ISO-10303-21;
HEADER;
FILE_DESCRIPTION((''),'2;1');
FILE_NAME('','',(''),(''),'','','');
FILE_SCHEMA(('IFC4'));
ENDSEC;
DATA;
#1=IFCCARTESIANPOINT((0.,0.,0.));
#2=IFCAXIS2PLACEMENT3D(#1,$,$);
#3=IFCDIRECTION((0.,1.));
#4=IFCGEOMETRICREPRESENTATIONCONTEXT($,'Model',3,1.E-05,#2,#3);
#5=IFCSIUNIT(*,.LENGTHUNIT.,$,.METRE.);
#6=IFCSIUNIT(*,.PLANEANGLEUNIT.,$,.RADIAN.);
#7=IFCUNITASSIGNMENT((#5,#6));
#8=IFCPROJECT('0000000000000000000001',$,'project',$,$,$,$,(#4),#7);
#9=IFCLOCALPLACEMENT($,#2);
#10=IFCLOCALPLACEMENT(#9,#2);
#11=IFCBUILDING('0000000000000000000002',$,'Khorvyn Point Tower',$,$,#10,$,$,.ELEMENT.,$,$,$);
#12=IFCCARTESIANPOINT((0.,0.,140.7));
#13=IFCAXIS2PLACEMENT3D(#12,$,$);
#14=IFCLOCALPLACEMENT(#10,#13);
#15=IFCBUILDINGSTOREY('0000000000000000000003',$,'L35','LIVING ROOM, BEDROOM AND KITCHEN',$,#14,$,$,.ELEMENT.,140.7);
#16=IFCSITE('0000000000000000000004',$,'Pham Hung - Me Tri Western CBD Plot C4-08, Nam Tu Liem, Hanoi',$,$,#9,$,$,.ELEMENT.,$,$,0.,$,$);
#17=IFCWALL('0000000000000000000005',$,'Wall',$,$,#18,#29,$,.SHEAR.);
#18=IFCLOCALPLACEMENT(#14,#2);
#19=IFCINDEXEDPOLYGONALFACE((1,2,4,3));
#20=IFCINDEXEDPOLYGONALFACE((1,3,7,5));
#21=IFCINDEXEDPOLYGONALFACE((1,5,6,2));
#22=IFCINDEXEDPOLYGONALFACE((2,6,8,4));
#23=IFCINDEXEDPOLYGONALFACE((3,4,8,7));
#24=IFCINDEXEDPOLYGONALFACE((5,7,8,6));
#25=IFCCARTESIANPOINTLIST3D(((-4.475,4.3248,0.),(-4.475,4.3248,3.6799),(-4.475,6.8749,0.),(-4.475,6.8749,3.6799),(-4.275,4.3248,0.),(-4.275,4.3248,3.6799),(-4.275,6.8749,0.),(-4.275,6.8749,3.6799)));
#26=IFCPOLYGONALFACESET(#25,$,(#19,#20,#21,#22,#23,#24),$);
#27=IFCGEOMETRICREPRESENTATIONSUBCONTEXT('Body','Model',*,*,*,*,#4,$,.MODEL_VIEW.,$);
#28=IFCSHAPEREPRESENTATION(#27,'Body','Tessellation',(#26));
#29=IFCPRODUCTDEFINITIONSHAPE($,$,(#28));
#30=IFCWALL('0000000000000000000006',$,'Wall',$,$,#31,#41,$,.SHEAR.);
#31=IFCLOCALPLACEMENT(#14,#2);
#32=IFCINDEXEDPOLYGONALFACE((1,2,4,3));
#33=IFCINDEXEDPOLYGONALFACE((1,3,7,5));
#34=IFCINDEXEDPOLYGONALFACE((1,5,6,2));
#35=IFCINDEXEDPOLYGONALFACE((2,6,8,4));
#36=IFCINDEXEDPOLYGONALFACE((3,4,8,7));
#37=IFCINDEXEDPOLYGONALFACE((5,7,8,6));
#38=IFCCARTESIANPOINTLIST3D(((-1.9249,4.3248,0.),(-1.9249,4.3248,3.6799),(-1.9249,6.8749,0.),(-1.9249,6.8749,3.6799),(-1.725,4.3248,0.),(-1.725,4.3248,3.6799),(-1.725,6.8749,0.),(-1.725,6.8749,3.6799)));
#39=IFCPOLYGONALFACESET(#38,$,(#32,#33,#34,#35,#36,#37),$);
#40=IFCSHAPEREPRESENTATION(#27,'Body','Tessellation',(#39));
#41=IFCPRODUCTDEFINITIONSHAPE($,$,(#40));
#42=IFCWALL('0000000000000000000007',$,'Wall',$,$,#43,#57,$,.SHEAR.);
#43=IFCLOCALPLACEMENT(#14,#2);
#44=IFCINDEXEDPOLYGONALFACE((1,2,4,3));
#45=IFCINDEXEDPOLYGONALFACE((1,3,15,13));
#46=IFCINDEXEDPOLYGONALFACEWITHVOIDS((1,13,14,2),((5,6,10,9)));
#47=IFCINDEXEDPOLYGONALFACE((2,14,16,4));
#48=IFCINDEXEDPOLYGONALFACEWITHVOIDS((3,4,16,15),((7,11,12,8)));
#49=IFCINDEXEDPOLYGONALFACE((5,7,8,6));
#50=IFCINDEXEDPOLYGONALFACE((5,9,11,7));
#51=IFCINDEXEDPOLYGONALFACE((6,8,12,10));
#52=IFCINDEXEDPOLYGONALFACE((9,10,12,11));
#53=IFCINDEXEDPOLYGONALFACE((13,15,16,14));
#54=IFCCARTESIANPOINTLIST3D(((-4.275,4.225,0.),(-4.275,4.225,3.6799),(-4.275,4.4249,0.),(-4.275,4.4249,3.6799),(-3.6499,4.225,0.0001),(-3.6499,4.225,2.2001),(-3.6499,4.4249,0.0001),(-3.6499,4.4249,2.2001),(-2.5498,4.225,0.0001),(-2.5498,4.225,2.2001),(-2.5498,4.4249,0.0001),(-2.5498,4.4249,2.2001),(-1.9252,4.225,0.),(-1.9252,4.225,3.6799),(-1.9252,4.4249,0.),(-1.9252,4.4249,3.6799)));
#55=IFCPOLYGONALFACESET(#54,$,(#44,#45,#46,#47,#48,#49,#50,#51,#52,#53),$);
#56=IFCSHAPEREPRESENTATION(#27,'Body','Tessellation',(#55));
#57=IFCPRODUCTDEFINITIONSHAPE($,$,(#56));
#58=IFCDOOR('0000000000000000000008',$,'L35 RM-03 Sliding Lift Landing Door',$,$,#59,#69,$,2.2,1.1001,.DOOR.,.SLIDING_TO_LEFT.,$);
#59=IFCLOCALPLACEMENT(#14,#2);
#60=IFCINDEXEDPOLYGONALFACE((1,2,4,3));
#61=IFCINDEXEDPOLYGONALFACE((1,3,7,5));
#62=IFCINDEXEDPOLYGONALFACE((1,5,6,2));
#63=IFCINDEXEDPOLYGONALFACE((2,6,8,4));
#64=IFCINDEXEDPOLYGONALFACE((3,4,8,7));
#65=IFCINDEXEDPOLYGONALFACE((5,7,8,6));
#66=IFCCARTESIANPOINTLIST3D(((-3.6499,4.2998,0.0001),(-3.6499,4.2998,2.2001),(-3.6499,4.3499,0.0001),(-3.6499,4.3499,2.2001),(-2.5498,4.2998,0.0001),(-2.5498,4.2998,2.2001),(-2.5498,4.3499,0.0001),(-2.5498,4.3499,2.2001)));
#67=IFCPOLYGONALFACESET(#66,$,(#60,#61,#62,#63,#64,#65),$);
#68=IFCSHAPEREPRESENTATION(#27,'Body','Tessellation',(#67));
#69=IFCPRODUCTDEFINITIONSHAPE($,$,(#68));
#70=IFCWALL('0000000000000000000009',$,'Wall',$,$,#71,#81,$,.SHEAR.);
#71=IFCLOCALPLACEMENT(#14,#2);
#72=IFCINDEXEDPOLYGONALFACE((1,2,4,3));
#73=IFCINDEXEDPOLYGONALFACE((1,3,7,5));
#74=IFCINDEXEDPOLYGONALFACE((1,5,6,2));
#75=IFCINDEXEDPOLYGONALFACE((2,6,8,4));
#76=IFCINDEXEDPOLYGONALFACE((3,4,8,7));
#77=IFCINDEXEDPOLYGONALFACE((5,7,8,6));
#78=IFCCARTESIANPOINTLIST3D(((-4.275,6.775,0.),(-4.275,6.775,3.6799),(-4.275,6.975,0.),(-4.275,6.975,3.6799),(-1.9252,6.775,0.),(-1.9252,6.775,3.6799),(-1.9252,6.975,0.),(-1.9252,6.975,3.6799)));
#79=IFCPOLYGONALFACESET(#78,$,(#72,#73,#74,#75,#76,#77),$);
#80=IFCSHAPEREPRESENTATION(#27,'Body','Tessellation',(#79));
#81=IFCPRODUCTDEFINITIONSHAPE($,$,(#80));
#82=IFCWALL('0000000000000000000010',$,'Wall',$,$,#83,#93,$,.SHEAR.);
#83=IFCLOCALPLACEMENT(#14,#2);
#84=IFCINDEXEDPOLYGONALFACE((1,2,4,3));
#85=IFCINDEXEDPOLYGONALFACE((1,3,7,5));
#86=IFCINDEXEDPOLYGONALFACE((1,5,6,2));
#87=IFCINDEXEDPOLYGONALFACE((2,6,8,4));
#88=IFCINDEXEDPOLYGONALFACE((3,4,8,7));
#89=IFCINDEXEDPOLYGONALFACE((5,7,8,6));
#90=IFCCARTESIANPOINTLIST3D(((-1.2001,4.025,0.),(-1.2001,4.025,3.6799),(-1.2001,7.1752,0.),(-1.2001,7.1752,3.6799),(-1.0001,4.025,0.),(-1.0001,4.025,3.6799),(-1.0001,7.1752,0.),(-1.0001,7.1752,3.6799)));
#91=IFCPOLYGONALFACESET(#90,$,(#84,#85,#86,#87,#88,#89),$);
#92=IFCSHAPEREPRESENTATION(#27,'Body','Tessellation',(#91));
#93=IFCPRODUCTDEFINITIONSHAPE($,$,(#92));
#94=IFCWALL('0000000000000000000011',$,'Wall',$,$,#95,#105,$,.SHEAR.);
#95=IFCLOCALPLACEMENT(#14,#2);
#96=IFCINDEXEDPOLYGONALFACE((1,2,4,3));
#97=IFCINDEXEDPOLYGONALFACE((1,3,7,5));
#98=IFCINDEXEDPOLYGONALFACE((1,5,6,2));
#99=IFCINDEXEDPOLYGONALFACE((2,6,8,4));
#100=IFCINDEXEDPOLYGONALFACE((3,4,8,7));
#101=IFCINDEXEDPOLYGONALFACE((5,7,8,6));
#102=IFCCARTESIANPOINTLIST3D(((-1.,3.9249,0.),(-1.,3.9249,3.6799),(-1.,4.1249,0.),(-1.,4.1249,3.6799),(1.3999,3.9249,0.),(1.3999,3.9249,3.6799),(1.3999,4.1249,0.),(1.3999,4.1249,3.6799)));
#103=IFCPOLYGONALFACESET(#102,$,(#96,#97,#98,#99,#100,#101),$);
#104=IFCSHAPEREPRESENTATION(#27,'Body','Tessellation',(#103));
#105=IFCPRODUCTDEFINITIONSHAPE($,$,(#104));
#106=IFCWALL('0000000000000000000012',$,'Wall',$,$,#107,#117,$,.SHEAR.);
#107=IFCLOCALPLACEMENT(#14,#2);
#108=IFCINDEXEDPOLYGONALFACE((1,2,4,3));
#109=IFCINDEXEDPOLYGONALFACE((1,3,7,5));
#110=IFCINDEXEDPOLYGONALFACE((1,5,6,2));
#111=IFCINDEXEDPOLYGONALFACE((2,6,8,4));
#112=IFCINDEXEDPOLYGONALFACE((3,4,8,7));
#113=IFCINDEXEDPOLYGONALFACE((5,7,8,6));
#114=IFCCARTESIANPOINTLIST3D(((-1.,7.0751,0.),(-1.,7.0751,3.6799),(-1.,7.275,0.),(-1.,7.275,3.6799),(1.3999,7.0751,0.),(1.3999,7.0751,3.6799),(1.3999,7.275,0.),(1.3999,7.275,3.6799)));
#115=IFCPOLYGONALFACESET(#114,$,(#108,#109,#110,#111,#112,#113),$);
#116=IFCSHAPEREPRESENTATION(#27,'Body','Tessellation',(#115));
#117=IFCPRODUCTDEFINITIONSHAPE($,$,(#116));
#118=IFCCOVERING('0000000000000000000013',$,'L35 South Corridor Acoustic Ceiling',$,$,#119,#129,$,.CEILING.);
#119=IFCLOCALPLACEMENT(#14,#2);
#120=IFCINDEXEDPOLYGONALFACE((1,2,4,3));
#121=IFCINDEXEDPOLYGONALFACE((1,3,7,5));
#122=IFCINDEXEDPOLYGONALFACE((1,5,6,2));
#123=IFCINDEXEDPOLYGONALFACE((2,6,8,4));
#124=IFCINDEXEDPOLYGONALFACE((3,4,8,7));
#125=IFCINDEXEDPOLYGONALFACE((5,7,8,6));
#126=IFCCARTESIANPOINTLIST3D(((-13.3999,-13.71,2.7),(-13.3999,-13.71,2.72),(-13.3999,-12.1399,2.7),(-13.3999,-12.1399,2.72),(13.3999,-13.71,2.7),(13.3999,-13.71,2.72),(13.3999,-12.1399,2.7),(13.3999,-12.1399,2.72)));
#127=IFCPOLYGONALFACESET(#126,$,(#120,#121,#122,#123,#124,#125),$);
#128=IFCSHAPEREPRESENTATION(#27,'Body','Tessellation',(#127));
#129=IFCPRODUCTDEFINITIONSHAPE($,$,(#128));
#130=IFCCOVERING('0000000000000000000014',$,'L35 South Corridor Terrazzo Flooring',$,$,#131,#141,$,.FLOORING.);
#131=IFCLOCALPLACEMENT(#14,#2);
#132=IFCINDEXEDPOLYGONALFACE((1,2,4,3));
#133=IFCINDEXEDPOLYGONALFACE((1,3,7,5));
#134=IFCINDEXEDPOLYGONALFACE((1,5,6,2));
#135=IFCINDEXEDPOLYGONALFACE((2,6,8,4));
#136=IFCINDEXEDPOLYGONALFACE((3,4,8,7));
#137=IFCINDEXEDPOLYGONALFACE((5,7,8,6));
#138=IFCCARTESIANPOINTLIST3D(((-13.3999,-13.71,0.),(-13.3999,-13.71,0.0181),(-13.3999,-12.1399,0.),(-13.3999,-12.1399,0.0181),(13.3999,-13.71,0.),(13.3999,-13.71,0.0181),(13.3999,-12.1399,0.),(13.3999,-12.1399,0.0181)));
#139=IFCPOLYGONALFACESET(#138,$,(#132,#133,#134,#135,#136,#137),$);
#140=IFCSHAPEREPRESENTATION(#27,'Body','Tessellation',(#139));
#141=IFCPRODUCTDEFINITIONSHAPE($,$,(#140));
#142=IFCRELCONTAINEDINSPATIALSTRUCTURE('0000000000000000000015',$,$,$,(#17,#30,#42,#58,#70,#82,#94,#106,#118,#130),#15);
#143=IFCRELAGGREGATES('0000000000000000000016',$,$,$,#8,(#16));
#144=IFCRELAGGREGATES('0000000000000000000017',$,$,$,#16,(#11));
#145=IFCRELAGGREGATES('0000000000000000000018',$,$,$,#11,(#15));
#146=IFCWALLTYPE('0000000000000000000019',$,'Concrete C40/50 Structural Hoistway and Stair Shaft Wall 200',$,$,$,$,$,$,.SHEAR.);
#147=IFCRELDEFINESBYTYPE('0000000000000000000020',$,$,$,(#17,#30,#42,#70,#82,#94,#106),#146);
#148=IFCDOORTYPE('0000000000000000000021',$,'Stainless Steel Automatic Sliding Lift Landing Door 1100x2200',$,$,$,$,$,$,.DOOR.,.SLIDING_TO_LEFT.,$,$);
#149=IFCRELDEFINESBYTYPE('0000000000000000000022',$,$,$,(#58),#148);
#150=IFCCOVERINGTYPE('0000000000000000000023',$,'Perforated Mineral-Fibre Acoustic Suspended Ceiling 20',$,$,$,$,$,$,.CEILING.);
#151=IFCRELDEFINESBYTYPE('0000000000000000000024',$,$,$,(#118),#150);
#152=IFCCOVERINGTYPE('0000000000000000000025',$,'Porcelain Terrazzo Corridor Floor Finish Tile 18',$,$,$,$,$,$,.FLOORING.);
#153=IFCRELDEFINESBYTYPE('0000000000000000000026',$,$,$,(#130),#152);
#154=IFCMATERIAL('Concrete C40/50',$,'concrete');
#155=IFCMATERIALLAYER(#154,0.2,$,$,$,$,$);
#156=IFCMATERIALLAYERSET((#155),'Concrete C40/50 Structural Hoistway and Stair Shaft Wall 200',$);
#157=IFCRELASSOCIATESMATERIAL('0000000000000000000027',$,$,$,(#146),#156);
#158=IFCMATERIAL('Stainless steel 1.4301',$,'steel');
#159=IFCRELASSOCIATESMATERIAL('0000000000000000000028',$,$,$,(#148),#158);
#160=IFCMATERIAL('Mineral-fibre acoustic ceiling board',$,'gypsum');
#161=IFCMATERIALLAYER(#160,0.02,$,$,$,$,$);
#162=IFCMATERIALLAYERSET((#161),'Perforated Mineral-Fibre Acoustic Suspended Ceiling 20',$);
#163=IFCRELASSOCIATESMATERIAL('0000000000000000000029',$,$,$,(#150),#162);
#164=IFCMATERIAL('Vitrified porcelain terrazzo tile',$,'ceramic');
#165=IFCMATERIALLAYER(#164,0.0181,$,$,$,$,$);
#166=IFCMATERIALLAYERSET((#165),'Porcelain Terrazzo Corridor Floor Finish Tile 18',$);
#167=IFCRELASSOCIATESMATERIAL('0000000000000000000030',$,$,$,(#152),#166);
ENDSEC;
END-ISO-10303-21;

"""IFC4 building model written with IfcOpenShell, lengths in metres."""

from ifc_helpers import new_model, si_unit, direction, frame, frame_2d, origin, place, context, subcontext, project, spatial, polyline, rectangle, outline, extrude, material, layer, layer_set, type_object, element, fill, save


model = new_model("IFC4")

# Units and contexts
model_context = context("Model", 3, precision=1e-05, world=origin(), true_north=direction((0.0, 1.0)))
body_context = subcontext(model_context, "Body", "Model", "MODEL_VIEW")
ifc_project = project(units=[si_unit("LENGTHUNIT", "METRE"), si_unit("PLANEANGLEUNIT", "RADIAN")], contexts=[model_context])

# Site, building, storey
site_placement = place(None, origin())
site = spatial("IfcSite", under=ifc_project, at=site_placement, Name="Pham Hung - Me Tri Western CBD Plot C4-08, Nam Tu Liem, Hanoi", CompositionType="ELEMENT", RefElevation=0.0)
building_placement = place(site_placement, origin())
building = spatial("IfcBuilding", under=site, at=building_placement, Name="Khorvyn Point Tower", CompositionType="ELEMENT")
storey_placement = place(building_placement, frame((0.0, 0.0, 140.7)))
storey = spatial("IfcBuildingStorey", under=building, at=storey_placement, Name="L35", Description="LIVING ROOM, BEDROOM AND KITCHEN", CompositionType="ELEMENT", Elevation=140.7)

# Shared definitions
ifc_material_1 = material(Name="Concrete C40/50", Category="concrete")

# Shared definitions
ifc_layer_1 = layer(ifc_material_1, 0.2)
ifc_layer_set_1 = layer_set([ifc_layer_1], Name="Concrete C40/50 Structural Hoistway and Stair Shaft Wall 200")
wall_type_1 = type_object("IfcWallType", Name="Concrete C40/50 Structural Hoistway and Stair Shaft Wall 200", PredefinedType="SHEAR", material=ifc_layer_set_1)
ifc_material_2 = material(Name="Stainless steel 1.4301", Category="steel")
door_type = type_object("IfcDoorType", Name="Stainless Steel Automatic Sliding Lift Landing Door 1100x2200", OperationType="SLIDING_TO_LEFT", PredefinedType="DOOR", material=ifc_material_2)

# Walls
for number, where, z_axis, x_axis, name in (
    (1, (-4.375, 4.325, 0.0), (0.0, 0.0, 1.0), (0.0, 1.0, 0.0), "Wall"),
    (2, (-1.825, 4.325, 0.0), (0.0, 0.0, 1.0), (0.0, 1.0, 0.0), "Wall"),
):
    element("IfcWall", number, at=place(storey_placement, frame(where, z_axis=z_axis, x_axis=x_axis)), inside=storey, type_object=wall_type_1, Name=name, PredefinedType="SHEAR", context=body_context, shape_type="SweptSolid", body=[
        extrude(rectangle(XDim=2.55, YDim=0.2, at=frame_2d((1.2749, 0.0))), origin(), (0.0, 0.0, 1.0), 3.6799),
    ])

# Wall, opening, door
wall_1_placement = place(storey_placement, frame((-4.2749, 4.325, 0.0), z_axis=(0.0, 0.0, 1.0), x_axis=(1.0, 0.0, 0.0)))
wall_1 = element("IfcWall", 3, at=wall_1_placement, inside=storey, type_object=wall_type_1, Name="Wall", PredefinedType="SHEAR", context=body_context, shape_type="SweptSolid", body=[
    extrude(rectangle(XDim=2.3499, YDim=0.2, at=frame_2d((1.1748, 0.0))), origin(), (0.0, 0.0, 1.0), 3.6799),
])
opening_1_placement = place(wall_1_placement, frame((0.625, 0.0, 0.0)))
opening_1 = element("IfcOpeningElement", 4, at=opening_1_placement, cuts=wall_1, PredefinedType="OPENING", context=body_context, shape_type="SweptSolid", body=[
    extrude(rectangle(XDim=1.1001, YDim=2.2, at=frame_2d((0.55, 1.1001))), frame((0.0, 0.1099, 0.0), z_axis=(0.0, -1.0, 0.0), x_axis=(1.0, 0.0, 0.0)), (0.0, 0.0, 1.0), 0.22),
])
door_1_placement = place(opening_1_placement, origin())
door_1 = element("IfcDoor", 5, at=door_1_placement, inside=storey, type_object=door_type, Name="L35 RM-03 Sliding Lift Landing Door", OperationType="SLIDING_TO_LEFT", OverallHeight=2.2, OverallWidth=1.1001, PredefinedType="DOOR", context=body_context, shape_type="SweptSolid", body=[
    extrude(rectangle(XDim=1.1001, YDim=2.2, at=frame_2d((0.55, 1.1001))), frame((0.0, 0.0249, 0.0), z_axis=(0.0, -1.0, 0.0), x_axis=(1.0, 0.0, 0.0)), (0.0, 0.0, 1.0), 0.05),
])
fill(opening_1, door_1)

# Walls
wall_2_placement = place(storey_placement, frame((-4.2749, 6.875, 0.0), z_axis=(0.0, 0.0, 1.0), x_axis=(1.0, 0.0, 0.0)))
element("IfcWall", 6, at=wall_2_placement, inside=storey, type_object=wall_type_1, Name="Wall", PredefinedType="SHEAR", context=body_context, shape_type="SweptSolid", body=[
    extrude(rectangle(XDim=2.3499, YDim=0.2, at=frame_2d((1.1748, 0.0))), origin(), (0.0, 0.0, 1.0), 3.6799),
])
wall_3_placement = place(storey_placement, frame((-1.1001, 4.0249, 0.0), z_axis=(0.0, 0.0, 1.0), x_axis=(0.0, 1.0, 0.0)))
element("IfcWall", 7, at=wall_3_placement, inside=storey, type_object=wall_type_1, Name="Wall", PredefinedType="SHEAR", context=body_context, shape_type="SweptSolid", body=[
    extrude(rectangle(XDim=3.1501, YDim=0.2, at=frame_2d((1.5752, 0.0))), origin(), (0.0, 0.0, 1.0), 3.6799),
])
for number, where, z_axis, x_axis, name in (
    (8, (-1.0, 4.0249, 0.0), (0.0, 0.0, 1.0), (1.0, 0.0, 0.0), "Wall"),
    (9, (-1.0, 7.175, 0.0), (0.0, 0.0, 1.0), (1.0, 0.0, 0.0), "Wall"),
):
    element("IfcWall", number, at=place(storey_placement, frame(where, z_axis=z_axis, x_axis=x_axis)), inside=storey, type_object=wall_type_1, Name=name, PredefinedType="SHEAR", context=body_context, shape_type="SweptSolid", body=[
        extrude(rectangle(XDim=2.3999, YDim=0.2, at=frame_2d((1.2, 0.0))), origin(), (0.0, 0.0, 1.0), 3.6799),
    ])

# Coverings
ifc_material_3 = material(Name="Mineral-fibre acoustic ceiling board", Category="gypsum")
ifc_layer_2 = layer(ifc_material_3, 0.02)
ifc_layer_set_2 = layer_set([ifc_layer_2], Name="Perforated Mineral-Fibre Acoustic Suspended Ceiling 20")
covering_type_1 = type_object("IfcCoveringType", Name="Perforated Mineral-Fibre Acoustic Suspended Ceiling 20", PredefinedType="CEILING", material=ifc_layer_set_2)
covering_1_placement = place(storey_placement, frame((0.0, 0.0, 2.7)))
element("IfcCovering", 10, at=covering_1_placement, inside=storey, type_object=covering_type_1, Name="L35 South Corridor Acoustic Ceiling", PredefinedType="CEILING", context=body_context, shape_type="SweptSolid", body=[
    extrude(outline(polyline([(-13.3999, -13.71), (13.3999, -13.71), (13.3999, -12.1399), (-13.3999, -12.1399), (-13.3999, -13.71)])), origin(), (0.0, 0.0, 1.0), 0.02),
])
ifc_material_4 = material(Name="Vitrified porcelain terrazzo tile", Category="ceramic")
ifc_layer_3 = layer(ifc_material_4, 0.0181)
ifc_layer_set_3 = layer_set([ifc_layer_3], Name="Porcelain Terrazzo Corridor Floor Finish Tile 18")
covering_type_2 = type_object("IfcCoveringType", Name="Porcelain Terrazzo Corridor Floor Finish Tile 18", PredefinedType="FLOORING", material=ifc_layer_set_3)
covering_2_placement = place(storey_placement, origin())
element("IfcCovering", 11, at=covering_2_placement, inside=storey, type_object=covering_type_2, Name="L35 South Corridor Terrazzo Flooring", PredefinedType="FLOORING", context=body_context, shape_type="SweptSolid", body=[
    extrude(outline(polyline([(-13.3999, -13.71), (13.3999, -13.71), (13.3999, -12.1399), (-13.3999, -12.1399), (-13.3999, -13.71)])), origin(), (0.0, 0.0, 1.0), 0.0181),
])

save(model, "model.ifc")
